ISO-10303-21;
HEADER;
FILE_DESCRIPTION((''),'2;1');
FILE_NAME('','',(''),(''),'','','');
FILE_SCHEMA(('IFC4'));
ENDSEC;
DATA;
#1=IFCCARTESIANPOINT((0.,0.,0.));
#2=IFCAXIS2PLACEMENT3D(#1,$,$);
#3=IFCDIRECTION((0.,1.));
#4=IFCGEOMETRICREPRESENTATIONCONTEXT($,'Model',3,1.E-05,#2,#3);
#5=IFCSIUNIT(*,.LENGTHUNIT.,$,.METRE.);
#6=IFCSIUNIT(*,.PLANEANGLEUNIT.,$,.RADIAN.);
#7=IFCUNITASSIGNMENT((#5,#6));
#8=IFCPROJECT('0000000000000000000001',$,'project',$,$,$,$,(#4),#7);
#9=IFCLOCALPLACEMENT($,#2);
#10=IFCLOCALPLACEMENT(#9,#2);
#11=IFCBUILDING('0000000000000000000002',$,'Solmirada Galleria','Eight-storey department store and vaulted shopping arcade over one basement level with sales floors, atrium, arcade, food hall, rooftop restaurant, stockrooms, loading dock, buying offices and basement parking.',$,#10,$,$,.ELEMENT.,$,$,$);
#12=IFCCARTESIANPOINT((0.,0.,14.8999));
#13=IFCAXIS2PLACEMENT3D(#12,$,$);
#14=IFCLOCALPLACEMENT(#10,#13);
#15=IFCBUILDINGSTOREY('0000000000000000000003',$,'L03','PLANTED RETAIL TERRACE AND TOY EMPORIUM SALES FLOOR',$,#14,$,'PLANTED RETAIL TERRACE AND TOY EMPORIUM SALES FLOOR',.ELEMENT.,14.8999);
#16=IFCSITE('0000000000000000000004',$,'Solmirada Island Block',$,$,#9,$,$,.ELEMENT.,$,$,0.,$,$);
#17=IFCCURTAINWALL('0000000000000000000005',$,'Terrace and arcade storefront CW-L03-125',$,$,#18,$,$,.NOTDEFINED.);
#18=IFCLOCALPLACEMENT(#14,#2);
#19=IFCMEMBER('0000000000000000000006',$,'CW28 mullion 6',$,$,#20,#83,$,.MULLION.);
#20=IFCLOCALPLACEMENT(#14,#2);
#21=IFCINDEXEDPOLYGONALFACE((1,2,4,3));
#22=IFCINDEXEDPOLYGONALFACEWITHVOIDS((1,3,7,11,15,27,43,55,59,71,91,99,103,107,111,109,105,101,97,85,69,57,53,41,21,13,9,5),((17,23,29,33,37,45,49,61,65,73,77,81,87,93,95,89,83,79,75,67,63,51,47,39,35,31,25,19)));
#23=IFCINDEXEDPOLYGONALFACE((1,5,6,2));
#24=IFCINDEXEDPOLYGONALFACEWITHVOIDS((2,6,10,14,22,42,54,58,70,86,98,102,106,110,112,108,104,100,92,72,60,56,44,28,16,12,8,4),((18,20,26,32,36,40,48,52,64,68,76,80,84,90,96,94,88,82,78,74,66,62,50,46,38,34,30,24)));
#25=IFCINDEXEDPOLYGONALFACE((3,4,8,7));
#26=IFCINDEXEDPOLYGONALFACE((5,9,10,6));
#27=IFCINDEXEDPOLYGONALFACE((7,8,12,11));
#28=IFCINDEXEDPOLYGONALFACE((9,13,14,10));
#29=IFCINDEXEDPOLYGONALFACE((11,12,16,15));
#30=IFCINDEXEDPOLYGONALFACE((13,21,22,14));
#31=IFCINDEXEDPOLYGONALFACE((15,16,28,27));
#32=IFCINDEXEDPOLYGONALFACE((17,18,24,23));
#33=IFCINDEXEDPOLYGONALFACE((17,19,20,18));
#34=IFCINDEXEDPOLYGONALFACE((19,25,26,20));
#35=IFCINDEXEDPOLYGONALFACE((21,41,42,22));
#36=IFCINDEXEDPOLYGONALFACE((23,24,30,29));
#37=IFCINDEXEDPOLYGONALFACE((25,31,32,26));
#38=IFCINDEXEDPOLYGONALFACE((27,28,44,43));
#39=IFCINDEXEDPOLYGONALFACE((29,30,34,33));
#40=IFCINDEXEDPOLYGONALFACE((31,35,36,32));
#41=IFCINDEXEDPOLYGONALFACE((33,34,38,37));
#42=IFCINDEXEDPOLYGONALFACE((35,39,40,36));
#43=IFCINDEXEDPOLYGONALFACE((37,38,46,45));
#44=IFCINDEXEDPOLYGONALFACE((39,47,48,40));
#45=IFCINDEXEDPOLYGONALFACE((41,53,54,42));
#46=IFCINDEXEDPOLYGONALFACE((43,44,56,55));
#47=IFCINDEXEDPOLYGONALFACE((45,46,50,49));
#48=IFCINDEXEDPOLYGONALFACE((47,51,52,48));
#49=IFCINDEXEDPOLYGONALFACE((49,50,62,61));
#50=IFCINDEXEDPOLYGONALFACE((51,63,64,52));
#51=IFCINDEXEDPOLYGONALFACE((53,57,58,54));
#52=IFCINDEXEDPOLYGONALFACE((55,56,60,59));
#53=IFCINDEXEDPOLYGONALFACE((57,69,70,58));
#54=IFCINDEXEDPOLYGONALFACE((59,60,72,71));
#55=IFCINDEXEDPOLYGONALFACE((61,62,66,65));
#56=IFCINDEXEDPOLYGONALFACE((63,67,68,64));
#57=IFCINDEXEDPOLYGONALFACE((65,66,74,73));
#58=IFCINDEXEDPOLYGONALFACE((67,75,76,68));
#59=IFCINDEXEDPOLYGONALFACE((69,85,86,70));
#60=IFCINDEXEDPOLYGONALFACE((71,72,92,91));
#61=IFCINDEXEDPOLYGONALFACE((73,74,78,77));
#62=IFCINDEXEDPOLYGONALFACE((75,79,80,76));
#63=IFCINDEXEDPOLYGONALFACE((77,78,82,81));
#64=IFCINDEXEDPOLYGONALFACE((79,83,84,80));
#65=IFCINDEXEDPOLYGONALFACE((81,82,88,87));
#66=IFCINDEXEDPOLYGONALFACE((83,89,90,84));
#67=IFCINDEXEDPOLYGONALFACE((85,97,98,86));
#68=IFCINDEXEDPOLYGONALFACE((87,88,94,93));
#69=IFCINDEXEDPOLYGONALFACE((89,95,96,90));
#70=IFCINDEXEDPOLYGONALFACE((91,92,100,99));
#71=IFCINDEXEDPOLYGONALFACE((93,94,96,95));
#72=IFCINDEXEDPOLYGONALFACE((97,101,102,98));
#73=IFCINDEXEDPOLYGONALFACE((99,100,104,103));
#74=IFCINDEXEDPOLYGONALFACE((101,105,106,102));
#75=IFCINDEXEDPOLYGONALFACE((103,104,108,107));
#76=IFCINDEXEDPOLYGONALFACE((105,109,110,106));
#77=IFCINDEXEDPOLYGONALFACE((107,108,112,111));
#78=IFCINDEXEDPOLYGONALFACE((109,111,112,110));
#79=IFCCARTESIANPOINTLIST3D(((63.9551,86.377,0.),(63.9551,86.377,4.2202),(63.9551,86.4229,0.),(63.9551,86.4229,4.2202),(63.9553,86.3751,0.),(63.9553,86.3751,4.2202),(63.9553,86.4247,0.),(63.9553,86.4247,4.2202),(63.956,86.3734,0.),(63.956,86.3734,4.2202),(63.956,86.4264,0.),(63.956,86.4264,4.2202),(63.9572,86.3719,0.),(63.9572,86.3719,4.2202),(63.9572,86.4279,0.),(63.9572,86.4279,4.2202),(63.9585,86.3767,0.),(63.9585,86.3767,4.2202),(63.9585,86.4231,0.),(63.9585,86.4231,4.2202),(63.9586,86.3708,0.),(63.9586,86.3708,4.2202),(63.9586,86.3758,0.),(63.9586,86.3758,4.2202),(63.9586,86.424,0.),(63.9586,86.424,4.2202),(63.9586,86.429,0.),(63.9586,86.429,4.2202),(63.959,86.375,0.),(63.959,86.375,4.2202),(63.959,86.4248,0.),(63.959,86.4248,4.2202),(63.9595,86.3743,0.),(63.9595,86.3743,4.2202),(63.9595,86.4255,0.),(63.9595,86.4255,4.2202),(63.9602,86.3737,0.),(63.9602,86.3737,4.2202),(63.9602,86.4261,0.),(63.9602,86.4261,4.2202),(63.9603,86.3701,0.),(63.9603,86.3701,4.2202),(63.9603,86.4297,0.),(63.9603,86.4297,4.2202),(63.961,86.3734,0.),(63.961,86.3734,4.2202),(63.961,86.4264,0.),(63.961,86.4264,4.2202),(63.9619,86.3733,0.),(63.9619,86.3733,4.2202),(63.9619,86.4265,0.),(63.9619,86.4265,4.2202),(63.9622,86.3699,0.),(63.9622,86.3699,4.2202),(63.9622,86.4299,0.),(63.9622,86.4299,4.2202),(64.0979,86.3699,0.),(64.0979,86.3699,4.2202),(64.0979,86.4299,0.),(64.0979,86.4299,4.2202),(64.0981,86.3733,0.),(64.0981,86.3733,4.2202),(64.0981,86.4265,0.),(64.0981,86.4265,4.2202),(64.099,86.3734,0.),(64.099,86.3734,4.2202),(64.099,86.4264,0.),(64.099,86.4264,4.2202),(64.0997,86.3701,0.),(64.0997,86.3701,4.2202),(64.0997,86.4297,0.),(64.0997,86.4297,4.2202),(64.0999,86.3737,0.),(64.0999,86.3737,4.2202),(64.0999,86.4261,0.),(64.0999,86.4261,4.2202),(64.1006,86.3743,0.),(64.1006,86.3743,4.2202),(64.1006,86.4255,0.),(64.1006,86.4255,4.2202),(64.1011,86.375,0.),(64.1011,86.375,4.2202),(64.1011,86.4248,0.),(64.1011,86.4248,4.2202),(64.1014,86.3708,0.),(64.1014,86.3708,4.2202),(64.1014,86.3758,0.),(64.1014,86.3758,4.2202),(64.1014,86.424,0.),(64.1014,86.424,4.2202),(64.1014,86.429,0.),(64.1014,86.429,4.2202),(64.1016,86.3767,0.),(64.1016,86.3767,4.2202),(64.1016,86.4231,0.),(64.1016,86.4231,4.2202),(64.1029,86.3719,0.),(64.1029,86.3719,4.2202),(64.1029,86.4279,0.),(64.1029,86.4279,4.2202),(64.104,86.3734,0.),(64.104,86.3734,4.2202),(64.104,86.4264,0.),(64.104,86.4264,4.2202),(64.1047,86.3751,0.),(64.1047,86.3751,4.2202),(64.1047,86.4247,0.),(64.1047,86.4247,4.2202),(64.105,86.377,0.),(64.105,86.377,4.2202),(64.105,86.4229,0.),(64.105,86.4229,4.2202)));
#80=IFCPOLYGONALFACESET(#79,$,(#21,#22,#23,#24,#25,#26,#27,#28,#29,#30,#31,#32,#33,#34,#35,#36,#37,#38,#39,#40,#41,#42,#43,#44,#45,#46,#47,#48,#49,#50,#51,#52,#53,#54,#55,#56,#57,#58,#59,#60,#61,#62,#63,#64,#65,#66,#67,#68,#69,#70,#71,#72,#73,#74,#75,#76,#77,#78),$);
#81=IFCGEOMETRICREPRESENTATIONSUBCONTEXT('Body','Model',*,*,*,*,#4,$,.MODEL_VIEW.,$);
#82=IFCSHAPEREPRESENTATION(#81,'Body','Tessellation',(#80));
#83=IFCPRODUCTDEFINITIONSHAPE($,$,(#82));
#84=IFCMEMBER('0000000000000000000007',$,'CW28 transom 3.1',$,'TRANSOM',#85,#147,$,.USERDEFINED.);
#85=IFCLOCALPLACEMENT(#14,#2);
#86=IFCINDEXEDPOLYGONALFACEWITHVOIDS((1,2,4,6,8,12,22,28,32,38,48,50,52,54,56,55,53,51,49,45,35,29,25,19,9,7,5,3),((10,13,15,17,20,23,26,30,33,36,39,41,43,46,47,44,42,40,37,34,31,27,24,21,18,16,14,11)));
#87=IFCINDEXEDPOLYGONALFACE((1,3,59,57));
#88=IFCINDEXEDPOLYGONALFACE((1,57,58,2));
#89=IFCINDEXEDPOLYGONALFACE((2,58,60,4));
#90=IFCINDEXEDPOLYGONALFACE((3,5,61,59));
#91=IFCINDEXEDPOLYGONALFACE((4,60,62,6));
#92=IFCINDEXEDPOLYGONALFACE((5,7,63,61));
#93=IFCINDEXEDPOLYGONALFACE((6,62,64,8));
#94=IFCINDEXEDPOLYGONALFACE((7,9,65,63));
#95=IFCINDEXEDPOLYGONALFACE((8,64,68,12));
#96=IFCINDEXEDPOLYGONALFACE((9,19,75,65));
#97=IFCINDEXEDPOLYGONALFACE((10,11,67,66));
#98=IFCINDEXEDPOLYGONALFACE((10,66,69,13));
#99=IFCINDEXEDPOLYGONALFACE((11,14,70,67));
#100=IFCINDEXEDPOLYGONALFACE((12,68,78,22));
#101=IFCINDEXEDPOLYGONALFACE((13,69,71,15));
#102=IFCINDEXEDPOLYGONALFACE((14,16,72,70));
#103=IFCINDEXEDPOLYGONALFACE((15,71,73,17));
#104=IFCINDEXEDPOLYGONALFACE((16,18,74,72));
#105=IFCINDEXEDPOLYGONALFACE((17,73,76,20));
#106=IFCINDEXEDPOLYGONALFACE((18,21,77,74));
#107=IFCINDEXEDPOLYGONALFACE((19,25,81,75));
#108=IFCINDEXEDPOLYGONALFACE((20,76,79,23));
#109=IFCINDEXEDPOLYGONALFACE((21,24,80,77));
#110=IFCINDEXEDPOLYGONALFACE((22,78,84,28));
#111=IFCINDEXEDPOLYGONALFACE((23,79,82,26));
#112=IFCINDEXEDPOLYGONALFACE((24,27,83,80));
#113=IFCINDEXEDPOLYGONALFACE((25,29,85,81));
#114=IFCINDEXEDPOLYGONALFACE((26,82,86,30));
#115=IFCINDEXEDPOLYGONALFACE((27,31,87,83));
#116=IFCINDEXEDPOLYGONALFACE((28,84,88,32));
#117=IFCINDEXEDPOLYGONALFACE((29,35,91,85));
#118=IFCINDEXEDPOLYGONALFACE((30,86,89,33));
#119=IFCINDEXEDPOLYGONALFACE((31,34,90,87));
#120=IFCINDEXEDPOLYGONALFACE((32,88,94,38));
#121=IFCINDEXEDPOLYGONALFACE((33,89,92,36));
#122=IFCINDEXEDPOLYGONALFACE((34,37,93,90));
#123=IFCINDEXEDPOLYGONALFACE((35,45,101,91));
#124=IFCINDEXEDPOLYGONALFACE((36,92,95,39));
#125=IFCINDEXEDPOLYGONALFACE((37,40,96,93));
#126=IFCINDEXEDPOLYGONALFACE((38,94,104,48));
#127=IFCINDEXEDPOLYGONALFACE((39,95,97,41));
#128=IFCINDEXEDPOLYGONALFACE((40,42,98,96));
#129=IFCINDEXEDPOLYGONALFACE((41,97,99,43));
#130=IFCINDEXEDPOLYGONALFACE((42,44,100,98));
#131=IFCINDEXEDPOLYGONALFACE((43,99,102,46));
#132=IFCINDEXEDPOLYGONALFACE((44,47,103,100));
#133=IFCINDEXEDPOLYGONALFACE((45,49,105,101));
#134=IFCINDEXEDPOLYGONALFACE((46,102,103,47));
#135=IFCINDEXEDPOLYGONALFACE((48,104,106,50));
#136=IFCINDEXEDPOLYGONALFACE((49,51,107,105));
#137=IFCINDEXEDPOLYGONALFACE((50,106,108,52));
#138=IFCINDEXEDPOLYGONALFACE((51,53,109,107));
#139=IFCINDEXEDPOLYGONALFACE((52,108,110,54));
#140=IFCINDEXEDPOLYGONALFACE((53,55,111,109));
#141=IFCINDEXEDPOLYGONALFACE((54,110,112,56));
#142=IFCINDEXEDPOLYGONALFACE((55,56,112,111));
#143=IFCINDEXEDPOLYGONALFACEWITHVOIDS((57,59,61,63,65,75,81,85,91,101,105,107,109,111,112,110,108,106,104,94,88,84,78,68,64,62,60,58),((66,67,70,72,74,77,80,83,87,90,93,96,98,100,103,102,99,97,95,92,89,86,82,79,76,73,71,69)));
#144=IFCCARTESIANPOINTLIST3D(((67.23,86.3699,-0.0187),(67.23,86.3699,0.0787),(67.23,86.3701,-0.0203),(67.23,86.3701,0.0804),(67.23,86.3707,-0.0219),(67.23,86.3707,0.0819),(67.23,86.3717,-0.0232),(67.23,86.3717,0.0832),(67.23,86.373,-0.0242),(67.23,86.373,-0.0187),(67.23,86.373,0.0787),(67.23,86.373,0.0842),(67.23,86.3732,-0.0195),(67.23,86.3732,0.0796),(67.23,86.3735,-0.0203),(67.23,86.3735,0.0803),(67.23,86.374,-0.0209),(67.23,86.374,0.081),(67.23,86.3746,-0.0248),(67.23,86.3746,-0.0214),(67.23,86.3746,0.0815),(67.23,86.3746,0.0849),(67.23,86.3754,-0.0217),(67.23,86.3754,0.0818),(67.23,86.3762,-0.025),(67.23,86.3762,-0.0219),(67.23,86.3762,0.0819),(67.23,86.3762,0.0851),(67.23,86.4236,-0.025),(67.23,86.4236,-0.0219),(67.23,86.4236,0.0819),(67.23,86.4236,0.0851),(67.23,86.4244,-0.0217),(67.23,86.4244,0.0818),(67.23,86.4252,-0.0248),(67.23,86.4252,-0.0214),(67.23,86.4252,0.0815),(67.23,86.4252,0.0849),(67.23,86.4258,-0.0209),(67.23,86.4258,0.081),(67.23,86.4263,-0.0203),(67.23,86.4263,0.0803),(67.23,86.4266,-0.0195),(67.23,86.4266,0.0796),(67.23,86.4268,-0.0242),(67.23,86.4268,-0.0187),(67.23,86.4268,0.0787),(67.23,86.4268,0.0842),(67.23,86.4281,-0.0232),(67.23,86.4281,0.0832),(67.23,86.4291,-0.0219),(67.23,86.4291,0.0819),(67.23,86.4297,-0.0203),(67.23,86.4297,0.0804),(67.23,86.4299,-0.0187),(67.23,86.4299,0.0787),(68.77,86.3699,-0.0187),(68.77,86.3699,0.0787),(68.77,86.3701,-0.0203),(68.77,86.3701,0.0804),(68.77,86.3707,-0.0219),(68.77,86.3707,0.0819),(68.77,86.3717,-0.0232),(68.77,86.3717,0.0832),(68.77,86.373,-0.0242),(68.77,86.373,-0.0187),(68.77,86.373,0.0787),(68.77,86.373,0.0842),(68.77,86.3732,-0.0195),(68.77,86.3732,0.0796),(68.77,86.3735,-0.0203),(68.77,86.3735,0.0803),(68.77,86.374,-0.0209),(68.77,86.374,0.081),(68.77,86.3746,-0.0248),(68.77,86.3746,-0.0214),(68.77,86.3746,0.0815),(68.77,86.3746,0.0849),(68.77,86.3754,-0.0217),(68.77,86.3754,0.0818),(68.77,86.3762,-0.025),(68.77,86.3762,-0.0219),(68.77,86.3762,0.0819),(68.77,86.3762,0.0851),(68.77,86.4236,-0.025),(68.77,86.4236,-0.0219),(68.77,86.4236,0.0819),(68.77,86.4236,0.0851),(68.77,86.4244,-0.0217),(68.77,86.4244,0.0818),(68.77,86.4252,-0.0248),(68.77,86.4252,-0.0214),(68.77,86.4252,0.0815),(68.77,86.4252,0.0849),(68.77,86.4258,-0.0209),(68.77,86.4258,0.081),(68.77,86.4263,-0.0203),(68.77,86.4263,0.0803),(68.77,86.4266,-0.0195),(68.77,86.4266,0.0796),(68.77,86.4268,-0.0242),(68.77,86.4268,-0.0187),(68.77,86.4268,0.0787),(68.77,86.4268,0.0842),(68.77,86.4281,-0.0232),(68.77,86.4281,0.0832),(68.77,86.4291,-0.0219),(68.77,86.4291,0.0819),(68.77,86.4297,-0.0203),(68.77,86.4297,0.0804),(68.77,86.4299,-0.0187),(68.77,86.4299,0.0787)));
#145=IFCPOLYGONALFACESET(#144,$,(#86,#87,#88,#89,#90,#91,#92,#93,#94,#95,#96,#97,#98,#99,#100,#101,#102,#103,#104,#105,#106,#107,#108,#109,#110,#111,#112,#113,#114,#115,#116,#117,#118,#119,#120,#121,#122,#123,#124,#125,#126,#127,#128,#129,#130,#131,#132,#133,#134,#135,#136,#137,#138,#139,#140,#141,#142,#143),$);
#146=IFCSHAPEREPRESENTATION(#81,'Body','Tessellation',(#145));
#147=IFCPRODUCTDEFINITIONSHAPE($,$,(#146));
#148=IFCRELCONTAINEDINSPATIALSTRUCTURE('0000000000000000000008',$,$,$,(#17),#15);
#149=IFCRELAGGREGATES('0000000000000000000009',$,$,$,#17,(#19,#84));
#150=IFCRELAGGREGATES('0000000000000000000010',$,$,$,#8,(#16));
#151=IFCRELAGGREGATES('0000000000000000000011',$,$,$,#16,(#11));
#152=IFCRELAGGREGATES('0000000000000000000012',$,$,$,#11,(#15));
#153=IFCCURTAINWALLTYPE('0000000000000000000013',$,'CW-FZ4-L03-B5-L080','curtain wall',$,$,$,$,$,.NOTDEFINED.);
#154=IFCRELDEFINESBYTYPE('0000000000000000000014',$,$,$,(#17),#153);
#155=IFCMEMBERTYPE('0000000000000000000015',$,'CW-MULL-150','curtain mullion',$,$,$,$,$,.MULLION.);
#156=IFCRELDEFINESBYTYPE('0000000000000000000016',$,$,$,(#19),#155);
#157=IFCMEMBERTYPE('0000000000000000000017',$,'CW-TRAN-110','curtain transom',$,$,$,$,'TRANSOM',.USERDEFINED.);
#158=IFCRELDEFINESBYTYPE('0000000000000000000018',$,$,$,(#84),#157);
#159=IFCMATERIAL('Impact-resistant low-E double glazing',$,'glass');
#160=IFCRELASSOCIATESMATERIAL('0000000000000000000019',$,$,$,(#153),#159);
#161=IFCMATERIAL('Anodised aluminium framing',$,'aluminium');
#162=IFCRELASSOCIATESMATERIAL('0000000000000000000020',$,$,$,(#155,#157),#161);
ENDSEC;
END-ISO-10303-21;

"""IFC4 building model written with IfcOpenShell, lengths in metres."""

from ifc_helpers import new_model, si_unit, direction, frame, origin, origin_2d, place, context, subcontext, project, spatial, hollow_rectangle, extrude, material, material_profile, profile_set, type_object, element, aggregate, save


model = new_model("IFC4")

# Units and contexts
model_context = context("Model", 3, precision=1e-05, world=origin(), true_north=direction((0.0, 1.0)))
body_context = subcontext(model_context, "Body", "Model", "MODEL_VIEW")
ifc_project = project(units=[si_unit("LENGTHUNIT", "METRE"), si_unit("PLANEANGLEUNIT", "RADIAN")], contexts=[model_context])

# Site, building, storey
site_placement = place(None, origin())
site = spatial("IfcSite", under=ifc_project, at=site_placement, Name="Solmirada Island Block", CompositionType="ELEMENT", RefElevation=0.0)
building_placement = place(site_placement, origin())
building = spatial("IfcBuilding", under=site, at=building_placement, Name="Solmirada Galleria", Description="Eight-storey department store and vaulted shopping arcade over one basement level with sales floors, atrium, arcade, food hall, rooftop restaurant, stockrooms, loading dock, buying offices and basement parking.", CompositionType="ELEMENT")
storey_placement = place(building_placement, frame((0.0, 0.0, 14.8999)))
storey = spatial("IfcBuildingStorey", under=building, at=storey_placement, Name="L03", Description="PLANTED RETAIL TERRACE AND TOY EMPORIUM SALES FLOOR", LongName="PLANTED RETAIL TERRACE AND TOY EMPORIUM SALES FLOOR", CompositionType="ELEMENT", Elevation=14.8999)

# Curtain wall, members
ifc_material_1 = material(Name="Impact-resistant low-E double glazing", Category="glass")
curtain_wall_type = type_object("IfcCurtainWallType", Name="CW-FZ4-L03-B5-L080", Description="curtain wall", PredefinedType="NOTDEFINED", material=ifc_material_1)
curtain_wall_placement = place(storey_placement, origin())
curtain_wall = element("IfcCurtainWall", 1, at=curtain_wall_placement, inside=storey, type_object=curtain_wall_type, Name="Terrace and arcade storefront CW-L03-125", PredefinedType="NOTDEFINED")
ifc_material_2 = material(Name="Anodised aluminium framing", Category="aluminium")
ifc_material_profile_1 = material_profile(ifc_material_2, hollow_rectangle(XDim=0.0601, YDim=0.1499, WallThickness=0.0034, InnerFilletRadius=0.0034, OuterFilletRadius=0.0071, at=origin_2d()), Name="ALU-MULL-150X60")
ifc_profile_set_1 = profile_set([ifc_material_profile_1], Name="Anodised aluminium framing")
member_type_1 = type_object("IfcMemberType", Name="CW-MULL-150", Description="curtain mullion", PredefinedType="MULLION", material=ifc_profile_set_1)
member_1_placement = place(storey_placement, frame((64.03, 86.3999, 0.0), z_axis=(0.0, 0.0, 1.0), x_axis=(0.0, -1.0, 0.0)))
member_1 = element("IfcMember", 2, at=member_1_placement, type_object=member_type_1, Name="CW28 mullion 6", PredefinedType="MULLION", context=body_context, shape_type="SweptSolid", body=[
    extrude(hollow_rectangle(XDim=0.0601, YDim=0.1499, WallThickness=0.0034, InnerFilletRadius=0.0034, OuterFilletRadius=0.0071, at=origin_2d()), origin(), (0.0, 0.0, 1.0), 4.2202),
])
ifc_material_profile_2 = material_profile(ifc_material_2, hollow_rectangle(XDim=0.0601, YDim=0.1101, WallThickness=0.0032, InnerFilletRadius=0.0032, OuterFilletRadius=0.0063, at=origin_2d()), Name="ALU-TRAN-110X60")
ifc_profile_set_2 = profile_set([ifc_material_profile_2], Name="Anodised aluminium framing")
member_type_2 = type_object("IfcMemberType", Name="CW-TRAN-110", Description="curtain transom", ElementType="TRANSOM", PredefinedType="USERDEFINED", material=ifc_profile_set_2)
member_2_placement = place(storey_placement, frame((68.77, 86.3999, 0.03), z_axis=(-1.0, 0.0, 0.0), x_axis=(0.0, -1.0, 0.0)))
member_2 = element("IfcMember", 3, at=member_2_placement, type_object=member_type_2, Name="CW28 transom 3.1", ObjectType="TRANSOM", PredefinedType="USERDEFINED", context=body_context, shape_type="SweptSolid", body=[
    extrude(hollow_rectangle(XDim=0.0601, YDim=0.1101, WallThickness=0.0032, InnerFilletRadius=0.0032, OuterFilletRadius=0.0063, at=origin_2d()), origin(), (0.0, 0.0, 1.0), 1.54),
])
aggregate(curtain_wall, [member_1, member_2])

save(model, "model.ifc")
